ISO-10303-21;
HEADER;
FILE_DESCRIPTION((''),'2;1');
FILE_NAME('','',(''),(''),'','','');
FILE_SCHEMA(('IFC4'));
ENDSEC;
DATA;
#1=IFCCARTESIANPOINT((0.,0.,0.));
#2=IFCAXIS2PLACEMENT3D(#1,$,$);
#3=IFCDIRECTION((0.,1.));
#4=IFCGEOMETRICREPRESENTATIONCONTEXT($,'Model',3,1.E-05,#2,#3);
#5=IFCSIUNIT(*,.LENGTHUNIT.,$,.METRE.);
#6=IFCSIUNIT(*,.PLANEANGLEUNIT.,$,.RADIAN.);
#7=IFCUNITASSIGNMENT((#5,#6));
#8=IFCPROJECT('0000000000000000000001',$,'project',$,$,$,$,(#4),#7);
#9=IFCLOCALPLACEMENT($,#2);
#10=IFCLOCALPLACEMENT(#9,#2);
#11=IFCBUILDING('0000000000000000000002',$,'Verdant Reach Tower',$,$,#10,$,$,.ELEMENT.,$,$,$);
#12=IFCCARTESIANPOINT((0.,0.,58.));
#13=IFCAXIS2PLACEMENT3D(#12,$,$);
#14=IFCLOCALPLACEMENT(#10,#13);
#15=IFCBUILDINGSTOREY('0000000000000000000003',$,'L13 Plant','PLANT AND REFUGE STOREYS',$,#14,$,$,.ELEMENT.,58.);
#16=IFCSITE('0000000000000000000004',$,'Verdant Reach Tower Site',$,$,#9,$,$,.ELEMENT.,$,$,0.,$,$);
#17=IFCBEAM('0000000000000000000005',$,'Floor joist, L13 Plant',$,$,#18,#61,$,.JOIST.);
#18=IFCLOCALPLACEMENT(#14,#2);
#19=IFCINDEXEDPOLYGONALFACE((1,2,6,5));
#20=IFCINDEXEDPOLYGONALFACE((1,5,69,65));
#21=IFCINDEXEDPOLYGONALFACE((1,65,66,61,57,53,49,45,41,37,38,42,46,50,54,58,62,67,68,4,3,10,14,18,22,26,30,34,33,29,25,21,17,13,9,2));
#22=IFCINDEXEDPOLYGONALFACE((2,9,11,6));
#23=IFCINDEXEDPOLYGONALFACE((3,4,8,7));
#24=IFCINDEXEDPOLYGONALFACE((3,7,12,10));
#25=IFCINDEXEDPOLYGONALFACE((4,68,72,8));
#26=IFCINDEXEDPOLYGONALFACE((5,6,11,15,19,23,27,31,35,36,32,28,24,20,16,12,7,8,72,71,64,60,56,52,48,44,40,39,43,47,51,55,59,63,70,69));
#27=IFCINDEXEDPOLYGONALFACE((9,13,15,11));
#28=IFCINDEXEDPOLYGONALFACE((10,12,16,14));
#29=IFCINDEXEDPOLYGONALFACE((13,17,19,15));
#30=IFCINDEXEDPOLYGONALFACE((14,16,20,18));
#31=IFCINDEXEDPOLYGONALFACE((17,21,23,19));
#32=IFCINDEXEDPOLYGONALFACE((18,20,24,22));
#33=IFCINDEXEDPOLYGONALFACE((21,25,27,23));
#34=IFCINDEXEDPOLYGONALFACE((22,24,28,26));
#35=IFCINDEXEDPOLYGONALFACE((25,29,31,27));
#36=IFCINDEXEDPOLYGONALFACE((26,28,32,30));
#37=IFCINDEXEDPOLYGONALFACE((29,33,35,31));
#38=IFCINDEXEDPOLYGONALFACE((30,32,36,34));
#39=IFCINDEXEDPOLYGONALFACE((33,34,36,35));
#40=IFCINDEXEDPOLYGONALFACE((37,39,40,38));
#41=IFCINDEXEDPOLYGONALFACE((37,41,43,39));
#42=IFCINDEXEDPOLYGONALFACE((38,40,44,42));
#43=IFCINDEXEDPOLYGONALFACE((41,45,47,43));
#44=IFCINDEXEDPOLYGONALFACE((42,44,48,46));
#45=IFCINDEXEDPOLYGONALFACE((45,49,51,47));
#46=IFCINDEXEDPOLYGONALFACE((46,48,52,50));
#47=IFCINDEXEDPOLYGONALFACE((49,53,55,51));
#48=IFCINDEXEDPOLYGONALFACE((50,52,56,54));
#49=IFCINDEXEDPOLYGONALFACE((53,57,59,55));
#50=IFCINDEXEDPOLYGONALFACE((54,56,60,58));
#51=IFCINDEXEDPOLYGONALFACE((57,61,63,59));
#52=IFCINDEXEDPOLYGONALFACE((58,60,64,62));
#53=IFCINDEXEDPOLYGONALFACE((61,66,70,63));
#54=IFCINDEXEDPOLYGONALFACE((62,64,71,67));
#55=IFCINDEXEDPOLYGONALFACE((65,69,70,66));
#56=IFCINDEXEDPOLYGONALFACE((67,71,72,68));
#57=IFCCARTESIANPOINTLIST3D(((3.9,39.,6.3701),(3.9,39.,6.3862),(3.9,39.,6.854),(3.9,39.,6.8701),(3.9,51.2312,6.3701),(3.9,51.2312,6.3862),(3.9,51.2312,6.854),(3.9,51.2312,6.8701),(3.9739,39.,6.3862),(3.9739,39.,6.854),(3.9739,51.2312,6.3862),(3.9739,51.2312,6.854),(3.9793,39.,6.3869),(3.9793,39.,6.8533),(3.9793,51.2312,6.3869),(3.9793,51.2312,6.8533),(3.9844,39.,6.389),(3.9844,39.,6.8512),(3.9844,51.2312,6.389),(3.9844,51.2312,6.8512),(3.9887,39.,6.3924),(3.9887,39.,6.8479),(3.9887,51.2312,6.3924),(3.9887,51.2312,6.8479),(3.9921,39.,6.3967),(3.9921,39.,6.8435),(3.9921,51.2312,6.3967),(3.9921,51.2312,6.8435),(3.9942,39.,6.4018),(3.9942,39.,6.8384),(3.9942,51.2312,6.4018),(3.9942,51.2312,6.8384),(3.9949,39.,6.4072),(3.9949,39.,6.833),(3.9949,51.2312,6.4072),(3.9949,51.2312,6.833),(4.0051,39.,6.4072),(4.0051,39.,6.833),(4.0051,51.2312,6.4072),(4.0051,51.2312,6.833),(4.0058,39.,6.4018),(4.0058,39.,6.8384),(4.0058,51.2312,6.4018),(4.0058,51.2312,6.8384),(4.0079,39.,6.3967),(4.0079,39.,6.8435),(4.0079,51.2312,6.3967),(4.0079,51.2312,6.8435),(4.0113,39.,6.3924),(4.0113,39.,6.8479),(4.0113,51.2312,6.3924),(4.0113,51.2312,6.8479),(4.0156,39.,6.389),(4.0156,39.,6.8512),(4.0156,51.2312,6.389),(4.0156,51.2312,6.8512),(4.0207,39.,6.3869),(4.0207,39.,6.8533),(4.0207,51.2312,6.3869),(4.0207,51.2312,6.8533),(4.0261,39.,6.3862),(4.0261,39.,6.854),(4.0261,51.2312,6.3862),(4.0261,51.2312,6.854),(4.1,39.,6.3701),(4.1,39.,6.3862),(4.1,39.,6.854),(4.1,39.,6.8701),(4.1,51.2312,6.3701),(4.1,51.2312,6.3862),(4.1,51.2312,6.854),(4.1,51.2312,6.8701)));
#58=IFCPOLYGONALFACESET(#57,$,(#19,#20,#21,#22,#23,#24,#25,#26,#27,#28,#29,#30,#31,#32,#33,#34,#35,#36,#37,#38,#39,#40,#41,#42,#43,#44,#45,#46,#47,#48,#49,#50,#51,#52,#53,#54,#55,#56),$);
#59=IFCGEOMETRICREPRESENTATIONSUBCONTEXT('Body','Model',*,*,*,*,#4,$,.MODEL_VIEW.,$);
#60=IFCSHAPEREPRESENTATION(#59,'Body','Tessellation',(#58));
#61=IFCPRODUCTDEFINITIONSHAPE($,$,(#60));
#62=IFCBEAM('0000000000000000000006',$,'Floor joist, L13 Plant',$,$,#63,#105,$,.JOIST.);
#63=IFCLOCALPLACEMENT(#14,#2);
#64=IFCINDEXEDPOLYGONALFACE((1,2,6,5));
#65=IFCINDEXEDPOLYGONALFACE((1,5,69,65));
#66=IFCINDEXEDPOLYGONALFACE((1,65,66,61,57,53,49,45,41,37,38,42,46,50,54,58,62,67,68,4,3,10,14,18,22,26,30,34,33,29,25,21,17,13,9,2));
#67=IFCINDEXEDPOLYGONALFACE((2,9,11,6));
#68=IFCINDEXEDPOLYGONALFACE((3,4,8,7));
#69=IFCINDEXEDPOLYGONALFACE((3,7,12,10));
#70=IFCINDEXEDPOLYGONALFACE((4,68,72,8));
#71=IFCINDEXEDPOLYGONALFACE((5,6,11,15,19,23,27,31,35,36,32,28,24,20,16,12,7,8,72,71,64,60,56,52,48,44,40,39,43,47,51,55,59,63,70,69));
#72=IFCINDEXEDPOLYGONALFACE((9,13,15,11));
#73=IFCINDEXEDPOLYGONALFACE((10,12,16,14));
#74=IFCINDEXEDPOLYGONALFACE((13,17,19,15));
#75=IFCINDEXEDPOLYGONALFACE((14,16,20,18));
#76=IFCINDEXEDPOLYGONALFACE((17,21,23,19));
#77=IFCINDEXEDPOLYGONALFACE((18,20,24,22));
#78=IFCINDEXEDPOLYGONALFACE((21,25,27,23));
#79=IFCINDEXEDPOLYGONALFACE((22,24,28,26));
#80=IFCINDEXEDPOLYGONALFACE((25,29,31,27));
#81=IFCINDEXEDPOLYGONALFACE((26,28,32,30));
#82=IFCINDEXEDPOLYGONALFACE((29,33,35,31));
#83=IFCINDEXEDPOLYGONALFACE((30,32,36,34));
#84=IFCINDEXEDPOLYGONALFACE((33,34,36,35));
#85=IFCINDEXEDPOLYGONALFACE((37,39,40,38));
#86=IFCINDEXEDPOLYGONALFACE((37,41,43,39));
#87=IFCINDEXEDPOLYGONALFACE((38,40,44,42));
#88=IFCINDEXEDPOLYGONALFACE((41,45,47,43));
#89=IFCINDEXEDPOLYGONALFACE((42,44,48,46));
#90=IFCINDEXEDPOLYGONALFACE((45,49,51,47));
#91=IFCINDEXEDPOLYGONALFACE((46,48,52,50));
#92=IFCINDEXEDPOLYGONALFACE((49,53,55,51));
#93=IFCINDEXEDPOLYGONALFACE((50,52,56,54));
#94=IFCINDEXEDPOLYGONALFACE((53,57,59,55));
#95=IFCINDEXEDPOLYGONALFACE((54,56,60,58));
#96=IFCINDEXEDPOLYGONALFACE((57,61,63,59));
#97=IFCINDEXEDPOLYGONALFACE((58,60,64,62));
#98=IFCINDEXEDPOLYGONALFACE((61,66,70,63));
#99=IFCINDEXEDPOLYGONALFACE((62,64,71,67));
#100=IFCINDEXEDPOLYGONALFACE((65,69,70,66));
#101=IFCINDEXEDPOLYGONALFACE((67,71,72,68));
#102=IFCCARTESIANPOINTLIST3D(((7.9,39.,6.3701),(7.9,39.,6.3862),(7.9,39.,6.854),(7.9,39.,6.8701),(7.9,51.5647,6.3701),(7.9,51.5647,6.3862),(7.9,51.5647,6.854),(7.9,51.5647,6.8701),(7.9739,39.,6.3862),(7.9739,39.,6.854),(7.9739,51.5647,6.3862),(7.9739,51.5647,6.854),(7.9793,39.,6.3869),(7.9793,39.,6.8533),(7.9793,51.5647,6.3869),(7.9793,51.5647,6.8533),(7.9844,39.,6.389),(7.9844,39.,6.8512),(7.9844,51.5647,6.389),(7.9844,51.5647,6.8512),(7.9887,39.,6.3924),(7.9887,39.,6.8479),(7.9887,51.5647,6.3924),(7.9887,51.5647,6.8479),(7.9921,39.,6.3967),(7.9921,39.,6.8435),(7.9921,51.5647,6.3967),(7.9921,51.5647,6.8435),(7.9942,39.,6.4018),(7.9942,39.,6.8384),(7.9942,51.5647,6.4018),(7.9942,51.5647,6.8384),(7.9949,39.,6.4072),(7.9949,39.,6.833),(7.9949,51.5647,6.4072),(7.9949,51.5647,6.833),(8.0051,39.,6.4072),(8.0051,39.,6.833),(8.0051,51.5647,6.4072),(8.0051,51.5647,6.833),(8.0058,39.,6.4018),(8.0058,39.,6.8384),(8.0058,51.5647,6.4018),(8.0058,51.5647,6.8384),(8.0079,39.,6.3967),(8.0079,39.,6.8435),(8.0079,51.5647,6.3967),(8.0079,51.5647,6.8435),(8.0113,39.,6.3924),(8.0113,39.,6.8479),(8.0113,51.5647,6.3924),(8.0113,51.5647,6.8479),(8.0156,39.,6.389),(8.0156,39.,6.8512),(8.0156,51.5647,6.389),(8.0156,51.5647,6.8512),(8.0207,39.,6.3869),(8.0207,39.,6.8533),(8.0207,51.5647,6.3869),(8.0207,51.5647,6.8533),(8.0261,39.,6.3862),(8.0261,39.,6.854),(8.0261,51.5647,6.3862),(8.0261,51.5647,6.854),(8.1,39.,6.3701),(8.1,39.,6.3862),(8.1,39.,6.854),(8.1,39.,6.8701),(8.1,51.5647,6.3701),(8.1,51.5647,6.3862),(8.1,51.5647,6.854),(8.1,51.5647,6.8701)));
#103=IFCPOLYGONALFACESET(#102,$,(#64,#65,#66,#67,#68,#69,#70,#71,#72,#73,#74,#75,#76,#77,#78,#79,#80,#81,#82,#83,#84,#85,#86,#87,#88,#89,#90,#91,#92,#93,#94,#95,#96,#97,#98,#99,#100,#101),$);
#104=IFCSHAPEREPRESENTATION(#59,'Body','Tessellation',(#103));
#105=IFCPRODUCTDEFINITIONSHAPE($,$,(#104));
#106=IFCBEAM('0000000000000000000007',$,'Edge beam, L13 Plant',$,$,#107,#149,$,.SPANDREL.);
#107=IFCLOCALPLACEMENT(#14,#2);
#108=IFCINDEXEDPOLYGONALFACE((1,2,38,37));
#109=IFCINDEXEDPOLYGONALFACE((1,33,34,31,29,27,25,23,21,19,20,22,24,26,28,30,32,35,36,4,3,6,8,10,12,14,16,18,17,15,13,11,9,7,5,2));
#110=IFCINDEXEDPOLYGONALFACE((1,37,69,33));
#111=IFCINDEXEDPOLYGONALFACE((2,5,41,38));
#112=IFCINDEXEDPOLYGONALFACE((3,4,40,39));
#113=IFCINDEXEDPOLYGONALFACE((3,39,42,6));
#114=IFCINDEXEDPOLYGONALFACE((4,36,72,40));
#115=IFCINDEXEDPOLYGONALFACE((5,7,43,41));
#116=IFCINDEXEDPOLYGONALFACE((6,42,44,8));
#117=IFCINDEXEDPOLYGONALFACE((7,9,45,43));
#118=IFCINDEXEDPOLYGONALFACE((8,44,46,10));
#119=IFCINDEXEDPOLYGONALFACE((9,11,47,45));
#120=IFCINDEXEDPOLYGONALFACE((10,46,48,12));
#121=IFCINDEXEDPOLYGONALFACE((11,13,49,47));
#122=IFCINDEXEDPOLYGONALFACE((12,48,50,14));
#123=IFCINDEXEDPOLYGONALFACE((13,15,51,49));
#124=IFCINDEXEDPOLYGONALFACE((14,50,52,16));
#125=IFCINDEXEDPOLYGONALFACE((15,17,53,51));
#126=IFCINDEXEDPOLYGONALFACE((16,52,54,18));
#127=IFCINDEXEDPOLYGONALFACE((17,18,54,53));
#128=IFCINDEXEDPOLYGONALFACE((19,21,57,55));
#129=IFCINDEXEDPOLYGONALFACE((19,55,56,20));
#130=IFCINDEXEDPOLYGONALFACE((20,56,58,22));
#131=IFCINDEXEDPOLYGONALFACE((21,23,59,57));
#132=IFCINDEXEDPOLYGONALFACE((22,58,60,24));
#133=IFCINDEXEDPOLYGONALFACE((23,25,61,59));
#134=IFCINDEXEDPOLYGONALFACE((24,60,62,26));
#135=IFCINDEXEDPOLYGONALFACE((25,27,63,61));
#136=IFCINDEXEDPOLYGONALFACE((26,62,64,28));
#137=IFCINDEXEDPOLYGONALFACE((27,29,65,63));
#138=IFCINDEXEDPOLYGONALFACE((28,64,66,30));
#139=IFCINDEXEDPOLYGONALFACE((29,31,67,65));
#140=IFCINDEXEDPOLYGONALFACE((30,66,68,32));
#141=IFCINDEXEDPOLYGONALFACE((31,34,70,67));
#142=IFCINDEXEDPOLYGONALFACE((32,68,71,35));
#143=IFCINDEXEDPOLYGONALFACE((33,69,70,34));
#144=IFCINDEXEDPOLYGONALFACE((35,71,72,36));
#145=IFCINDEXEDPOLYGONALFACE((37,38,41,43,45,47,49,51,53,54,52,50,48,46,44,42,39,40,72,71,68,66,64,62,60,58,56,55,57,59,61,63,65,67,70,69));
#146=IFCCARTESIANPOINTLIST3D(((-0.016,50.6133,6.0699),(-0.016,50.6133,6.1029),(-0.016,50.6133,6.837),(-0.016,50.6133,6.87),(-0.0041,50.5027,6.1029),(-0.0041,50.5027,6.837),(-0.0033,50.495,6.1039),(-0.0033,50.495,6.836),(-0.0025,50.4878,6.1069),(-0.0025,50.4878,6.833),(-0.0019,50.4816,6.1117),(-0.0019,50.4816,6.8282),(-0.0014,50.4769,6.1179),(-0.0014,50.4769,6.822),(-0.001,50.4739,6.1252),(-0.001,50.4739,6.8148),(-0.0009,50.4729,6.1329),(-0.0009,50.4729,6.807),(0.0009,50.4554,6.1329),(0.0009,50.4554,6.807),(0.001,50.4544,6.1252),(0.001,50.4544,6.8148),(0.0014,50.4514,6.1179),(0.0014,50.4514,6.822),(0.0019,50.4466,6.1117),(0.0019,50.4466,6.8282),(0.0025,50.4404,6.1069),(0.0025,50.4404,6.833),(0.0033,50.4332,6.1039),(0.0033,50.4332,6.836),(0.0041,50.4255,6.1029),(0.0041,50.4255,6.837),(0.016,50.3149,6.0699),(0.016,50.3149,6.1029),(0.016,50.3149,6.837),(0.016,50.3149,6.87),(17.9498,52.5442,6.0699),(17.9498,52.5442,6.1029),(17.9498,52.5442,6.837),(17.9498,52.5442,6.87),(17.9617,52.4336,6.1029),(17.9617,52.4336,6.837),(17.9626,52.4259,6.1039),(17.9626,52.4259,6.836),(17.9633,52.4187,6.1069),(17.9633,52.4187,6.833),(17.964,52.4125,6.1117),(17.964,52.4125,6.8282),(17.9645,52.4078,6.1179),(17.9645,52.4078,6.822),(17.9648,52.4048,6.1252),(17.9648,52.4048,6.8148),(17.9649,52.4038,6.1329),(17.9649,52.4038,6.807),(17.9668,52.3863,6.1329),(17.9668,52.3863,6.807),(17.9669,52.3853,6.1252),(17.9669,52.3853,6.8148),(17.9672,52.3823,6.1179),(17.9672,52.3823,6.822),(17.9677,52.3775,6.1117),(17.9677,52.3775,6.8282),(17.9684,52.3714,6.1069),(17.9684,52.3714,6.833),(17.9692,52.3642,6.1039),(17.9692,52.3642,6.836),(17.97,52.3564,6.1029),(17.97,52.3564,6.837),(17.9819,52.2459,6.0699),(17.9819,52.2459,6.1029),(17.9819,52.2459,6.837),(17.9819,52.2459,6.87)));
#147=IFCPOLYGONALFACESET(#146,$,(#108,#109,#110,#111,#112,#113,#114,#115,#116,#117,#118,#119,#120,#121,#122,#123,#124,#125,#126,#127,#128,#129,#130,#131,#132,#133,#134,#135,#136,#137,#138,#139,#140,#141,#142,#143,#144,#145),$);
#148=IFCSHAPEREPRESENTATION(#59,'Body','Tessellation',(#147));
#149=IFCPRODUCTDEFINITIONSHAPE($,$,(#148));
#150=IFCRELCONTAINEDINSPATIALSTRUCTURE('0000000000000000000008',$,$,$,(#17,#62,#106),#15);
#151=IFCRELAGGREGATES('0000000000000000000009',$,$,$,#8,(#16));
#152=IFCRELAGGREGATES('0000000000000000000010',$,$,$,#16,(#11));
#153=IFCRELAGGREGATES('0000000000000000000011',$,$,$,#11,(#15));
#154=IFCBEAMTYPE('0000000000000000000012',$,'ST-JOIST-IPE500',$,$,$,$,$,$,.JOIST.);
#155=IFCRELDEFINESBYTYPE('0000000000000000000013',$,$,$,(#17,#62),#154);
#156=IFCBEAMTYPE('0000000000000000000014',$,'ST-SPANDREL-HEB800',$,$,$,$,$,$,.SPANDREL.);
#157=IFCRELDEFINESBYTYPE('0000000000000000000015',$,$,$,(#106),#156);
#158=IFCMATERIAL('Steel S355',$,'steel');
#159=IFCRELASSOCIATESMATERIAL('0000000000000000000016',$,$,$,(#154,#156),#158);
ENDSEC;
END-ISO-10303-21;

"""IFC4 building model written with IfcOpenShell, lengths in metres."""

from ifc_helpers import new_model, si_unit, direction, frame, origin, origin_2d, place, context, subcontext, project, spatial, i_section, extrude, material, material_profile, profile_set, type_object, element, save


model = new_model("IFC4")

# Units and contexts
model_context = context("Model", 3, precision=1e-05, world=origin(), true_north=direction((0.0, 1.0)))
body_context = subcontext(model_context, "Body", "Model", "MODEL_VIEW")
ifc_project = project(units=[si_unit("LENGTHUNIT", "METRE"), si_unit("PLANEANGLEUNIT", "RADIAN")], contexts=[model_context])

# Site, building, storey
site_placement = place(None, origin())
site = spatial("IfcSite", under=ifc_project, at=site_placement, Name="Verdant Reach Tower Site", CompositionType="ELEMENT", RefElevation=0.0)
building_placement = place(site_placement, origin())
building = spatial("IfcBuilding", under=site, at=building_placement, Name="Verdant Reach Tower", CompositionType="ELEMENT")
storey_placement = place(building_placement, frame((0.0, 0.0, 58.0)))
storey = spatial("IfcBuildingStorey", under=building, at=storey_placement, Name="L13 Plant", Description="PLANT AND REFUGE STOREYS", CompositionType="ELEMENT", Elevation=58.0)

# Beams
ifc_material_1 = material(Name="Steel S355", Category="steel")
ifc_material_profile_1 = material_profile(ifc_material_1, i_section(OverallWidth=0.2, OverallDepth=0.5, WebThickness=0.0103, FlangeThickness=0.0161, FilletRadius=0.021, at=origin_2d()), Name="IPE 500")
ifc_profile_set_1 = profile_set([ifc_material_profile_1], Name="Steel S355")
beam_type_1 = type_object("IfcBeamType", Name="ST-JOIST-IPE500", PredefinedType="JOIST", material=ifc_profile_set_1)
beam_1_placement = place(storey_placement, frame((4.0, 39.0, 6.6201), z_axis=(0.0, 1.0, 0.0), x_axis=(-1.0, 0.0, 0.0)))
element("IfcBeam", 1, at=beam_1_placement, inside=storey, type_object=beam_type_1, Name="Floor joist, L13 Plant", PredefinedType="JOIST", context=body_context, shape_type="SweptSolid", body=[
    extrude(i_section(OverallWidth=0.2, OverallDepth=0.5, WebThickness=0.0103, FlangeThickness=0.0161, FilletRadius=0.021, at=origin_2d()), origin(), (0.0, 0.0, 1.0), 12.2312),
])
beam_2_placement = place(storey_placement, frame((8.0, 39.0, 6.6201), z_axis=(0.0, 1.0, 0.0), x_axis=(-1.0, 0.0, 0.0)))
element("IfcBeam", 2, at=beam_2_placement, inside=storey, type_object=beam_type_1, Name="Floor joist, L13 Plant", PredefinedType="JOIST", context=body_context, shape_type="SweptSolid", body=[
    extrude(i_section(OverallWidth=0.2, OverallDepth=0.5, WebThickness=0.0103, FlangeThickness=0.0161, FilletRadius=0.021, at=origin_2d()), origin(), (0.0, 0.0, 1.0), 12.5647),
])
ifc_material_profile_2 = material_profile(ifc_material_1, i_section(OverallWidth=0.3, OverallDepth=0.8, WebThickness=0.0176, FlangeThickness=0.033, FilletRadius=0.03, at=origin_2d()), Name="HEB 800")
ifc_profile_set_2 = profile_set([ifc_material_profile_2], Name="Steel S355")
beam_type_2 = type_object("IfcBeamType", Name="ST-SPANDREL-HEB800", PredefinedType="SPANDREL", material=ifc_profile_set_2)
beam_3_placement = place(storey_placement, frame((0.0, 50.4641, 6.47), z_axis=(0.994274, 0.106861, 0.0), x_axis=(-0.106861, 0.994274, 0.0)))
element("IfcBeam", 3, at=beam_3_placement, inside=storey, type_object=beam_type_2, Name="Edge beam, L13 Plant", PredefinedType="SPANDREL", context=body_context, shape_type="SweptSolid", body=[
    extrude(i_section(OverallWidth=0.3, OverallDepth=0.8, WebThickness=0.0176, FlangeThickness=0.033, FilletRadius=0.03, at=origin_2d()), origin(), (0.0, 0.0, 1.0), 18.0693),
])

save(model, "model.ifc")
